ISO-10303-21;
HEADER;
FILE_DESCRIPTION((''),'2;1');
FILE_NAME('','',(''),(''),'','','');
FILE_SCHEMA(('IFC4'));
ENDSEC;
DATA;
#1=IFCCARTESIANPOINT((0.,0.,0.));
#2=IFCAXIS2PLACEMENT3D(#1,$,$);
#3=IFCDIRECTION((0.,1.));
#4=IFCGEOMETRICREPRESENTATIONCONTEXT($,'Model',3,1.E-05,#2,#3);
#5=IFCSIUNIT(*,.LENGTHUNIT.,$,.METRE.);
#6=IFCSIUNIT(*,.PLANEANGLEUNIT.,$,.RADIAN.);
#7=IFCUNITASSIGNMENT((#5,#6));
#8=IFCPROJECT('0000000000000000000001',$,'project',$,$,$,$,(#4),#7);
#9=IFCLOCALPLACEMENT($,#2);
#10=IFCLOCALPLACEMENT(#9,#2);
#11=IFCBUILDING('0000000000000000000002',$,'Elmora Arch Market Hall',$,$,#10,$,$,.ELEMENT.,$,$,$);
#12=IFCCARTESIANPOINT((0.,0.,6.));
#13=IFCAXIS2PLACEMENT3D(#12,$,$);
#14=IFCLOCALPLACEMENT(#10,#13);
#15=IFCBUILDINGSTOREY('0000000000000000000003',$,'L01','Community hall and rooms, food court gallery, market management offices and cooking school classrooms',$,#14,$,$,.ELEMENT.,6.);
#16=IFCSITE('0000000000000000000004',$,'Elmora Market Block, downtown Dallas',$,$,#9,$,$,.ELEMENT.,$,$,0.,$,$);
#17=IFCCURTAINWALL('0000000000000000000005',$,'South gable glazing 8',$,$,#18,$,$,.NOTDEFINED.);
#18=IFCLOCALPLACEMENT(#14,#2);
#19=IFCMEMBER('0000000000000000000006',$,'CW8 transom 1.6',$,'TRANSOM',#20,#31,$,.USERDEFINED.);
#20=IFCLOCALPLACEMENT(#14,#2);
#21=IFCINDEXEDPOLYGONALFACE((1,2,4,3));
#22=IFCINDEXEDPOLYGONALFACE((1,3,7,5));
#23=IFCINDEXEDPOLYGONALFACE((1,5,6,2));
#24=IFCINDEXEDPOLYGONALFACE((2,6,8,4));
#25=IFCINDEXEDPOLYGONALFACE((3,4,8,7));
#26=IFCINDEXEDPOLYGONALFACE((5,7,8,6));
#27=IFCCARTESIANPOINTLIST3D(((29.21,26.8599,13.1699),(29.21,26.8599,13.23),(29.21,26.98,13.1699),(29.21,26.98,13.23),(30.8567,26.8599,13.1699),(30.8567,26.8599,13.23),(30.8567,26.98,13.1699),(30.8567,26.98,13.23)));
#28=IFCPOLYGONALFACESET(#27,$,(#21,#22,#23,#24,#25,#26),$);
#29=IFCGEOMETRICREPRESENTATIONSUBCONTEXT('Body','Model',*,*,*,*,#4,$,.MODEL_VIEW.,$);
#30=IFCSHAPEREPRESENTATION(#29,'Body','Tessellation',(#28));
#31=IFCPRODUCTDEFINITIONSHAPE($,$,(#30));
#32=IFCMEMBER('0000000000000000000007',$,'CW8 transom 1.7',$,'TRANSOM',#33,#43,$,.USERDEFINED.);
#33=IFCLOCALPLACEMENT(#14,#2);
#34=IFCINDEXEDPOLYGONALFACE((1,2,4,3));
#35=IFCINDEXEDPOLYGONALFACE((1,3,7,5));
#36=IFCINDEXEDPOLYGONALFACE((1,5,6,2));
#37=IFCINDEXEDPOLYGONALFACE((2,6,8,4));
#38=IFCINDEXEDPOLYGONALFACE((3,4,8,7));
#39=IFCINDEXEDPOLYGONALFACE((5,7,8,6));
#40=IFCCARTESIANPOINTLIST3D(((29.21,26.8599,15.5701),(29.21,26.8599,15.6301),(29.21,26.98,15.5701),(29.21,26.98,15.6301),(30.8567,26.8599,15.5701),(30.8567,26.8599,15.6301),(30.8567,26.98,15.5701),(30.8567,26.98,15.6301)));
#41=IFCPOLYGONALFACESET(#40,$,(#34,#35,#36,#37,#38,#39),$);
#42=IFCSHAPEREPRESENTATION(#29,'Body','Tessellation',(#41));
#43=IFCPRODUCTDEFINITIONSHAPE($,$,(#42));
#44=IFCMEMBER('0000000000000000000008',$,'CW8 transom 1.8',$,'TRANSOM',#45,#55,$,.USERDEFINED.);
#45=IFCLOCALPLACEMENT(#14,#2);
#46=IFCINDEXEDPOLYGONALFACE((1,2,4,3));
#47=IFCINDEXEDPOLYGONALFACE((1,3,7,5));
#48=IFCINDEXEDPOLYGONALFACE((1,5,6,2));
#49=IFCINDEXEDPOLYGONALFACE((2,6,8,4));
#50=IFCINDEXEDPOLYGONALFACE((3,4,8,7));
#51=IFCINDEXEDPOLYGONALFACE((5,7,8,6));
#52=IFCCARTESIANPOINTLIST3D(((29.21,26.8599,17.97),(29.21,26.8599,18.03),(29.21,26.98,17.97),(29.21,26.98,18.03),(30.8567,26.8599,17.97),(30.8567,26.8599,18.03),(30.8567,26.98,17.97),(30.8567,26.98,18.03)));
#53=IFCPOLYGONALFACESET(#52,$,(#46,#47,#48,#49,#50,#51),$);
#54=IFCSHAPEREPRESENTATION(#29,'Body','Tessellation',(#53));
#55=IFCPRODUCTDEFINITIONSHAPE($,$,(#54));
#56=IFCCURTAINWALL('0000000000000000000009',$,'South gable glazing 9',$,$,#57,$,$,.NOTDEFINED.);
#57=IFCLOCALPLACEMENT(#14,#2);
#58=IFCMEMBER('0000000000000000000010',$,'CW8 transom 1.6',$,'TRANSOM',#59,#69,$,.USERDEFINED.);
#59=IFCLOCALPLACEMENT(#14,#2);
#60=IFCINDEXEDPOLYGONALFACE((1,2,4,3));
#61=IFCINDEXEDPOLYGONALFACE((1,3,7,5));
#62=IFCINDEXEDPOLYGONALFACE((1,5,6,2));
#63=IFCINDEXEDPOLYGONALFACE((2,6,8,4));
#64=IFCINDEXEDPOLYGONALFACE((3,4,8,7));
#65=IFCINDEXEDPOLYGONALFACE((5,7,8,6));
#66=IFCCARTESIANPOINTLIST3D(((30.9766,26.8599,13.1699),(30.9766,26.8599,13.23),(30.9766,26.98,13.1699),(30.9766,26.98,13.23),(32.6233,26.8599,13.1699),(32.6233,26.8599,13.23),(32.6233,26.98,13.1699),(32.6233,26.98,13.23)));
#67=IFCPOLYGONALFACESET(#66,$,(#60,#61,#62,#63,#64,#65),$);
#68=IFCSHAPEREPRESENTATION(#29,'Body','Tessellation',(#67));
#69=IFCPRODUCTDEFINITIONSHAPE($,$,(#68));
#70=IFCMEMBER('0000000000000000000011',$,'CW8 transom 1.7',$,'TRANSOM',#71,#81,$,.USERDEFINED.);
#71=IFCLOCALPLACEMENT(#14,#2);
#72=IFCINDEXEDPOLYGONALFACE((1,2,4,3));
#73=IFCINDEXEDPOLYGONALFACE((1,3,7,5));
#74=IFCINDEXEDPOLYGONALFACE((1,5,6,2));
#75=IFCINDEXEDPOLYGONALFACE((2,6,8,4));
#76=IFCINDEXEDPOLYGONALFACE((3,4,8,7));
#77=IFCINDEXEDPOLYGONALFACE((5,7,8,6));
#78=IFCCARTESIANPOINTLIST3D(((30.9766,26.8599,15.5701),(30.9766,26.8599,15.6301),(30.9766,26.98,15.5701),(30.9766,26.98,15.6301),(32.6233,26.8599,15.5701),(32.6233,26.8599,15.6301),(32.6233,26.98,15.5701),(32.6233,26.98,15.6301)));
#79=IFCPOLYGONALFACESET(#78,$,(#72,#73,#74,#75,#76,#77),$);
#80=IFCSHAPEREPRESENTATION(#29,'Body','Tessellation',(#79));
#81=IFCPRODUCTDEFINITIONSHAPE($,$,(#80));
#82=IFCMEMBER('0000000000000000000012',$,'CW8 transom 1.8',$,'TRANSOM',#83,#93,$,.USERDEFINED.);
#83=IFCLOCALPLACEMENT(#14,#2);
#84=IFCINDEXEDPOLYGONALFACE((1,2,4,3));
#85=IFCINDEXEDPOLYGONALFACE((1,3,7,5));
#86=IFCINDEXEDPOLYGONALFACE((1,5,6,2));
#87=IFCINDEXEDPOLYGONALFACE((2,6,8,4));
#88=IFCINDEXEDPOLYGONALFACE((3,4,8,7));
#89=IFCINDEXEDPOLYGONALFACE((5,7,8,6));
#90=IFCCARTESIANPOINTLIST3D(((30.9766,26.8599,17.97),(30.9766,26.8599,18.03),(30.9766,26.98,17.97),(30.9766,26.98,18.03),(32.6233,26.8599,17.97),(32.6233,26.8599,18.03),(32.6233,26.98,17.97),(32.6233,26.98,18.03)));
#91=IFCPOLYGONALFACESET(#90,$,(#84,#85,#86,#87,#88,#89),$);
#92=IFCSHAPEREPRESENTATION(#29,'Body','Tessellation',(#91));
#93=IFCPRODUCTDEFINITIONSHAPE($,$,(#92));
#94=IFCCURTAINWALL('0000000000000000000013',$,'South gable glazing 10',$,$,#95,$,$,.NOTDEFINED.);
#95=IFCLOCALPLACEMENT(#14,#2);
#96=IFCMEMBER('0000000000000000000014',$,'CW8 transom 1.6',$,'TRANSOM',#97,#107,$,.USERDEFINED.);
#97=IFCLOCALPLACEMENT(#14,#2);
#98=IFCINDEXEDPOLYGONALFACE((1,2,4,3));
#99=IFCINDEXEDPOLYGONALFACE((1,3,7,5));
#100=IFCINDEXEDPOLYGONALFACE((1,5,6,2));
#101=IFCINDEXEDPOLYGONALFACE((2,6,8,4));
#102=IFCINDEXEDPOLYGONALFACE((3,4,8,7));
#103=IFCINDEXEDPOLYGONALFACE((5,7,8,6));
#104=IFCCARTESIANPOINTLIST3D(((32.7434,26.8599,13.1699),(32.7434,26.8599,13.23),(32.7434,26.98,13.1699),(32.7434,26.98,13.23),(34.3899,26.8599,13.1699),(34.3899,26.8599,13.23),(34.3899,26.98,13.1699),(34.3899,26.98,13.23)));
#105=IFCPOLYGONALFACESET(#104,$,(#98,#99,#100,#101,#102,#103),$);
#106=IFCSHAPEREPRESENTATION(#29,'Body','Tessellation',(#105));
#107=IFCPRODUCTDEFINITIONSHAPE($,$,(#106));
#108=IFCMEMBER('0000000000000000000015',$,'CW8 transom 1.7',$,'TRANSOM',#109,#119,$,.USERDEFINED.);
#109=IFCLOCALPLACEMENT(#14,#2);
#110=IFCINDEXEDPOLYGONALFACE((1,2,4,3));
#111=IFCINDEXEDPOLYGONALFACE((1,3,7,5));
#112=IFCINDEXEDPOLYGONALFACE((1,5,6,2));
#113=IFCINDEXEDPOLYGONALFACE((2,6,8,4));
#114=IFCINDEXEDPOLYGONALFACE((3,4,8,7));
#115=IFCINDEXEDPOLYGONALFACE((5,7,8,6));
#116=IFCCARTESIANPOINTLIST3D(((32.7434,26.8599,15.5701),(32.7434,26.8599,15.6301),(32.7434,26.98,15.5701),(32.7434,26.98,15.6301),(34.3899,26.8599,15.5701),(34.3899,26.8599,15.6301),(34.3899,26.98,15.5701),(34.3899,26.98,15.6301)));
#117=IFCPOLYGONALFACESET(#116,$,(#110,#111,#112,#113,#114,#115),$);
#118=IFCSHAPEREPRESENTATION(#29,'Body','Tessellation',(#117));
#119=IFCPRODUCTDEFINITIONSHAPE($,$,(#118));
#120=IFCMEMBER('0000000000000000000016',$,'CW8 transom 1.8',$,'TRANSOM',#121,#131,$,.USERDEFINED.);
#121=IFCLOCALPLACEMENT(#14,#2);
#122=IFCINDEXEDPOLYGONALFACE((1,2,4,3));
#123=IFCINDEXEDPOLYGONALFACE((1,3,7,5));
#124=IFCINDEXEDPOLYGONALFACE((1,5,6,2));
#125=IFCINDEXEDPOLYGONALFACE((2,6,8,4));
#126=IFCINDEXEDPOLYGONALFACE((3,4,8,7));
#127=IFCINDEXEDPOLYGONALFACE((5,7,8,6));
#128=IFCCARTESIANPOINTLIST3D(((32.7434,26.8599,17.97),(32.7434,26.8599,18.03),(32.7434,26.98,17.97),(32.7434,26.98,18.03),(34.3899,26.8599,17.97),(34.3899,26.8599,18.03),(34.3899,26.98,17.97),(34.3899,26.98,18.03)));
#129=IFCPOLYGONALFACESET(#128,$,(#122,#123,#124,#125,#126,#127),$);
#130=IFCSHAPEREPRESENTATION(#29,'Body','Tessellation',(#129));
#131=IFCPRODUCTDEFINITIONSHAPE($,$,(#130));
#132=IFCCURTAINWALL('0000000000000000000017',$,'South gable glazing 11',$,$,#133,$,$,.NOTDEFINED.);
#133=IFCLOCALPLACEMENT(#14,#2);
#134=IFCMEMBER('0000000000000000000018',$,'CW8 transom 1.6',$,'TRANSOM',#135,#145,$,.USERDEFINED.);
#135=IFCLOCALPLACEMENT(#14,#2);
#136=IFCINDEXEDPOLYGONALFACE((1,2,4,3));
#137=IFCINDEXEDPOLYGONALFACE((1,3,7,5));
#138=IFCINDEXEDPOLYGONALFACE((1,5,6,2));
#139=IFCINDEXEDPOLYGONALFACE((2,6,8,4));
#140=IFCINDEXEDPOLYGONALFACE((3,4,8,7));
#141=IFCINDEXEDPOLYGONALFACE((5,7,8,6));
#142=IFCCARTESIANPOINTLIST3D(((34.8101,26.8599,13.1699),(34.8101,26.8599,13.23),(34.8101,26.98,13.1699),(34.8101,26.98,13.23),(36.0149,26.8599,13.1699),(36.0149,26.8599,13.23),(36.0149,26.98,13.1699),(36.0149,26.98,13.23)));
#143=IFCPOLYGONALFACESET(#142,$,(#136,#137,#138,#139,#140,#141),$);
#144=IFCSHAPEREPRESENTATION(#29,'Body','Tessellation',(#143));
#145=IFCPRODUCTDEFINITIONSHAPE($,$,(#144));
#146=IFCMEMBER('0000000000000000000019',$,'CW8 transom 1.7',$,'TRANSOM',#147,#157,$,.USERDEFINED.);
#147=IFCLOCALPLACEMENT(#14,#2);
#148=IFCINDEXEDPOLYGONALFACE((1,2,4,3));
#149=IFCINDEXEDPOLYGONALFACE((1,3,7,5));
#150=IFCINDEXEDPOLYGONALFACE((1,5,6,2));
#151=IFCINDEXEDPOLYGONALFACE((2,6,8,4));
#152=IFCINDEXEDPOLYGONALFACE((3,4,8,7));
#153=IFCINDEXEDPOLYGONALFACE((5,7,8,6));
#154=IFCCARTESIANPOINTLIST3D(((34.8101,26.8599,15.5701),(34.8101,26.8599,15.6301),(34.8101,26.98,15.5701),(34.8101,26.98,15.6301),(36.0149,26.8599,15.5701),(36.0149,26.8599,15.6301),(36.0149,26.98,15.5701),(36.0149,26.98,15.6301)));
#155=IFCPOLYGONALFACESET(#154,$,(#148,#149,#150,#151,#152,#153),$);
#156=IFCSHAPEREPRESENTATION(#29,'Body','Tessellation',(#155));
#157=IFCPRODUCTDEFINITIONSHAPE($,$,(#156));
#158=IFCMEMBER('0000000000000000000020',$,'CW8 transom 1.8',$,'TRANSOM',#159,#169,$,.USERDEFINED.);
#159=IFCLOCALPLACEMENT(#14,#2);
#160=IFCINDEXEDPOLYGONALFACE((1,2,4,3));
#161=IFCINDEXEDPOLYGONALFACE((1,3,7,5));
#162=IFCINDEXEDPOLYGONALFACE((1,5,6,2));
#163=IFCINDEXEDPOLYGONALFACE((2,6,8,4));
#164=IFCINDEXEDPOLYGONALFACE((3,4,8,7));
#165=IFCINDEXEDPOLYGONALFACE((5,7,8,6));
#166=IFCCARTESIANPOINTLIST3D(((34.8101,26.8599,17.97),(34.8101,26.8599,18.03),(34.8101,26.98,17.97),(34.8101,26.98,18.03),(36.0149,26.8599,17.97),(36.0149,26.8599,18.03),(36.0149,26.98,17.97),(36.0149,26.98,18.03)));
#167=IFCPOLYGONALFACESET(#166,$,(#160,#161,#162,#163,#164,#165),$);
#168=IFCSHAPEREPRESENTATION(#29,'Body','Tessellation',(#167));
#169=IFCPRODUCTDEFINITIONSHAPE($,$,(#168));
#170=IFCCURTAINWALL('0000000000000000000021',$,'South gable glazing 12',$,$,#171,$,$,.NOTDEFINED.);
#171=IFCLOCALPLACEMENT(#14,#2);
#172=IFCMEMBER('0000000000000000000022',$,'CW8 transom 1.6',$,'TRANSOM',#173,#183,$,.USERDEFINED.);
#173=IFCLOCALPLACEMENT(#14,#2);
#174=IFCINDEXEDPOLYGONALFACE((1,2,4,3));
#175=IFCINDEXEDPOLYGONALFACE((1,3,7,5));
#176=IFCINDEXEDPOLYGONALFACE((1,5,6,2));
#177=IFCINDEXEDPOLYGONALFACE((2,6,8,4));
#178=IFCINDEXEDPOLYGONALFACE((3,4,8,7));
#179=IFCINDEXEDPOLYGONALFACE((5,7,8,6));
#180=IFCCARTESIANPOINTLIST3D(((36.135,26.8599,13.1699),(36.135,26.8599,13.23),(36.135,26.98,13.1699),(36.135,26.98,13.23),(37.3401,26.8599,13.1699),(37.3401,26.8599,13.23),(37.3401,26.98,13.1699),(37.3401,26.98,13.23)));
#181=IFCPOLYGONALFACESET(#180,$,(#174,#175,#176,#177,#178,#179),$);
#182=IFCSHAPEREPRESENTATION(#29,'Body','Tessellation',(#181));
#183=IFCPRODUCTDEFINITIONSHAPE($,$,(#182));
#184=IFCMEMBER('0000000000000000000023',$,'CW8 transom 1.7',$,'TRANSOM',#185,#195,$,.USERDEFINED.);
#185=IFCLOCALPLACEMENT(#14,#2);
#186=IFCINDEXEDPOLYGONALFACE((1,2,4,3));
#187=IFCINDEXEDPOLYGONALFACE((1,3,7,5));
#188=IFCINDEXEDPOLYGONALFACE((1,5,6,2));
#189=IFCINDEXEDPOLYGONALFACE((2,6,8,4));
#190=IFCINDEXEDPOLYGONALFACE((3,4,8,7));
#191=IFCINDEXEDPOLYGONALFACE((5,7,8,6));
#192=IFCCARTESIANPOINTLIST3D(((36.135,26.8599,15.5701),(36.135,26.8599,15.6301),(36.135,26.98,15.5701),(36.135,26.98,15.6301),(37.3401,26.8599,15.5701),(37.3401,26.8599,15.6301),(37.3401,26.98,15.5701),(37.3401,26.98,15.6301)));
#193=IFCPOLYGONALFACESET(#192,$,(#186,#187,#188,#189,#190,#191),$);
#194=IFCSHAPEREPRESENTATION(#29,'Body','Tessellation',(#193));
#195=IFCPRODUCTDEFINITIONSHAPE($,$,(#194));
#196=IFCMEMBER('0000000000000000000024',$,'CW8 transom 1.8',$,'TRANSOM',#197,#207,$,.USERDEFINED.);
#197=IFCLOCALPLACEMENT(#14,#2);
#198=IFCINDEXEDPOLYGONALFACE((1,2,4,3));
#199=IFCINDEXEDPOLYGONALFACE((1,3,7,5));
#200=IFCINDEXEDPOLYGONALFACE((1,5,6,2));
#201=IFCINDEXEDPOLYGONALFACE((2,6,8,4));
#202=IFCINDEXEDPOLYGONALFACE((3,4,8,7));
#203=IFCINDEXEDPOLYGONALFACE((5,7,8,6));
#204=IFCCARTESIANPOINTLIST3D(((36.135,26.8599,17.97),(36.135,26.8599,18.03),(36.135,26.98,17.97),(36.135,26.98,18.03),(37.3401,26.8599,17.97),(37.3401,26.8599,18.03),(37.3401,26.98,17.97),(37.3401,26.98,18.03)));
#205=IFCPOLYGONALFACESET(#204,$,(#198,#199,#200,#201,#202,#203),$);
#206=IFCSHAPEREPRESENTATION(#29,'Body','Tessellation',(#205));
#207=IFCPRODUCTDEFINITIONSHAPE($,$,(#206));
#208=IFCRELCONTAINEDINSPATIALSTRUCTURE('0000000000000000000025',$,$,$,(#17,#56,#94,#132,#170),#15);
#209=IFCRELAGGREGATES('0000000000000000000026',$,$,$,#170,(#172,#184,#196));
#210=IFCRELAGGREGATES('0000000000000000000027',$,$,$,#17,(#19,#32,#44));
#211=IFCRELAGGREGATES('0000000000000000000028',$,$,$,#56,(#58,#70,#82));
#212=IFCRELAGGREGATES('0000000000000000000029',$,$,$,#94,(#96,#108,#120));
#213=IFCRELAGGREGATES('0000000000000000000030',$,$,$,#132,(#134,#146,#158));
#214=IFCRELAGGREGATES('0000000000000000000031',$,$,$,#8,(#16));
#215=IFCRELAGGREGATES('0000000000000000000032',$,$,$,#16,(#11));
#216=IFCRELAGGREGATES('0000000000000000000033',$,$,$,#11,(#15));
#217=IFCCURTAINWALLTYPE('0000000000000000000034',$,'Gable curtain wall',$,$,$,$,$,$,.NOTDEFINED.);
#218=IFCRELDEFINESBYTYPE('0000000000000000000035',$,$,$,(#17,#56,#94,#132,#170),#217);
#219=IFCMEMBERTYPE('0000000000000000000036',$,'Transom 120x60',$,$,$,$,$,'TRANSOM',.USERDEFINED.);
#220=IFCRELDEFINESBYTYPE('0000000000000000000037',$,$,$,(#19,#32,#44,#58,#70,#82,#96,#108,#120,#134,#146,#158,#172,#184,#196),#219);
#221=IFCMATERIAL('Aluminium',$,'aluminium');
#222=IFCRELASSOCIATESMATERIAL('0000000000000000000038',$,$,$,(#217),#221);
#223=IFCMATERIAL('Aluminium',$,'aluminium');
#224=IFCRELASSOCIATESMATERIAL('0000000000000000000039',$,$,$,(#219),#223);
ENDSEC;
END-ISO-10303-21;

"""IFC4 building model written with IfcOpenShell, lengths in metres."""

from ifc_helpers import new_model, si_unit, direction, frame, origin, origin_2d, place, context, subcontext, project, spatial, rectangle, extrude, material, material_profile, profile_set, type_object, element, aggregate, save


model = new_model("IFC4")

# Units and contexts
model_context = context("Model", 3, precision=1e-05, world=origin(), true_north=direction((0.0, 1.0)))
body_context = subcontext(model_context, "Body", "Model", "MODEL_VIEW")
ifc_project = project(units=[si_unit("LENGTHUNIT", "METRE"), si_unit("PLANEANGLEUNIT", "RADIAN")], contexts=[model_context])

# Site, building, storey
site_placement = place(None, origin())
site = spatial("IfcSite", under=ifc_project, at=site_placement, Name="Elmora Market Block, downtown Dallas", CompositionType="ELEMENT", RefElevation=0.0)
building_placement = place(site_placement, origin())
building = spatial("IfcBuilding", under=site, at=building_placement, Name="Elmora Arch Market Hall", CompositionType="ELEMENT")
storey_placement = place(building_placement, frame((0.0, 0.0, 6.0)))
storey = spatial("IfcBuildingStorey", under=building, at=storey_placement, Name="L01", Description="Community hall and rooms, food court gallery, market management offices and cooking school classrooms", CompositionType="ELEMENT", Elevation=6.0)

# Curtain walls, members
ifc_material_1 = material(Name="Aluminium", Category="aluminium")
curtain_wall_type = type_object("IfcCurtainWallType", Name="Gable curtain wall", PredefinedType="NOTDEFINED", material=ifc_material_1)
curtain_wall_1_placement = place(storey_placement, origin())
curtain_wall_1 = element("IfcCurtainWall", 1, at=curtain_wall_1_placement, inside=storey, type_object=curtain_wall_type, Name="South gable glazing 8", PredefinedType="NOTDEFINED")
ifc_material_2 = material(Name="Aluminium", Category="aluminium")
ifc_material_profile = material_profile(ifc_material_2, rectangle(XDim=0.1201, YDim=0.0601, at=origin_2d()), Name="AL 120x60")
ifc_profile_set = profile_set([ifc_material_profile], Name="Aluminium")
member_type = type_object("IfcMemberType", Name="Transom 120x60", ElementType="TRANSOM", PredefinedType="USERDEFINED", material=ifc_profile_set)
member_1_placement = place(storey_placement, frame((29.21, 26.9199, 13.2), z_axis=(1.0, 0.0, 0.0), x_axis=(0.0, 1.0, 0.0)))
member_1 = element("IfcMember", 2, at=member_1_placement, type_object=member_type, Name="CW8 transom 1.6", ObjectType="TRANSOM", PredefinedType="USERDEFINED", context=body_context, shape_type="SweptSolid", body=[
    extrude(rectangle(XDim=0.1201, YDim=0.0601, at=origin_2d()), origin(), (0.0, 0.0, 1.0), 1.6467),
])
member_2_placement = place(storey_placement, frame((29.21, 26.9199, 15.6001), z_axis=(1.0, 0.0, 0.0), x_axis=(0.0, 1.0, 0.0)))
member_2 = element("IfcMember", 3, at=member_2_placement, type_object=member_type, Name="CW8 transom 1.7", ObjectType="TRANSOM", PredefinedType="USERDEFINED", context=body_context, shape_type="SweptSolid", body=[
    extrude(rectangle(XDim=0.1201, YDim=0.0601, at=origin_2d()), origin(), (0.0, 0.0, 1.0), 1.6467),
])
member_3_placement = place(storey_placement, frame((29.21, 26.9199, 18.0), z_axis=(1.0, 0.0, 0.0), x_axis=(0.0, 1.0, 0.0)))
member_3 = element("IfcMember", 4, at=member_3_placement, type_object=member_type, Name="CW8 transom 1.8", ObjectType="TRANSOM", PredefinedType="USERDEFINED", context=body_context, shape_type="SweptSolid", body=[
    extrude(rectangle(XDim=0.1201, YDim=0.0601, at=origin_2d()), origin(), (0.0, 0.0, 1.0), 1.6467),
])
curtain_wall_2_placement = place(storey_placement, origin())
curtain_wall_2 = element("IfcCurtainWall", 5, at=curtain_wall_2_placement, inside=storey, type_object=curtain_wall_type, Name="South gable glazing 9", PredefinedType="NOTDEFINED")
member_4_placement = place(storey_placement, frame((30.9766, 26.9199, 13.2), z_axis=(1.0, 0.0, 0.0), x_axis=(0.0, 1.0, 0.0)))
member_4 = element("IfcMember", 6, at=member_4_placement, type_object=member_type, Name="CW8 transom 1.6", ObjectType="TRANSOM", PredefinedType="USERDEFINED", context=body_context, shape_type="SweptSolid", body=[
    extrude(rectangle(XDim=0.1201, YDim=0.0601, at=origin_2d()), origin(), (0.0, 0.0, 1.0), 1.6467),
])
member_5_placement = place(storey_placement, frame((30.9766, 26.9199, 15.6001), z_axis=(1.0, 0.0, 0.0), x_axis=(0.0, 1.0, 0.0)))
member_5 = element("IfcMember", 7, at=member_5_placement, type_object=member_type, Name="CW8 transom 1.7", ObjectType="TRANSOM", PredefinedType="USERDEFINED", context=body_context, shape_type="SweptSolid", body=[
    extrude(rectangle(XDim=0.1201, YDim=0.0601, at=origin_2d()), origin(), (0.0, 0.0, 1.0), 1.6467),
])
member_6_placement = place(storey_placement, frame((30.9766, 26.9199, 18.0), z_axis=(1.0, 0.0, 0.0), x_axis=(0.0, 1.0, 0.0)))
member_6 = element("IfcMember", 8, at=member_6_placement, type_object=member_type, Name="CW8 transom 1.8", ObjectType="TRANSOM", PredefinedType="USERDEFINED", context=body_context, shape_type="SweptSolid", body=[
    extrude(rectangle(XDim=0.1201, YDim=0.0601, at=origin_2d()), origin(), (0.0, 0.0, 1.0), 1.6467),
])
curtain_wall_3_placement = place(storey_placement, origin())
curtain_wall_3 = element("IfcCurtainWall", 9, at=curtain_wall_3_placement, inside=storey, type_object=curtain_wall_type, Name="South gable glazing 10", PredefinedType="NOTDEFINED")
member_7_placement = place(storey_placement, frame((32.7434, 26.9199, 13.2), z_axis=(1.0, 0.0, 0.0), x_axis=(0.0, 1.0, 0.0)))
member_7 = element("IfcMember", 10, at=member_7_placement, type_object=member_type, Name="CW8 transom 1.6", ObjectType="TRANSOM", PredefinedType="USERDEFINED", context=body_context, shape_type="SweptSolid", body=[
    extrude(rectangle(XDim=0.1201, YDim=0.0601, at=origin_2d()), origin(), (0.0, 0.0, 1.0), 1.6465),
])
member_8_placement = place(storey_placement, frame((32.7434, 26.9199, 15.6001), z_axis=(1.0, 0.0, 0.0), x_axis=(0.0, 1.0, 0.0)))
member_8 = element("IfcMember", 11, at=member_8_placement, type_object=member_type, Name="CW8 transom 1.7", ObjectType="TRANSOM", PredefinedType="USERDEFINED", context=body_context, shape_type="SweptSolid", body=[
    extrude(rectangle(XDim=0.1201, YDim=0.0601, at=origin_2d()), origin(), (0.0, 0.0, 1.0), 1.6465),
])
member_9_placement = place(storey_placement, frame((32.7434, 26.9199, 18.0), z_axis=(1.0, 0.0, 0.0), x_axis=(0.0, 1.0, 0.0)))
member_9 = element("IfcMember", 12, at=member_9_placement, type_object=member_type, Name="CW8 transom 1.8", ObjectType="TRANSOM", PredefinedType="USERDEFINED", context=body_context, shape_type="SweptSolid", body=[
    extrude(rectangle(XDim=0.1201, YDim=0.0601, at=origin_2d()), origin(), (0.0, 0.0, 1.0), 1.6465),
])
curtain_wall_4_placement = place(storey_placement, origin())
curtain_wall_4 = element("IfcCurtainWall", 13, at=curtain_wall_4_placement, inside=storey, type_object=curtain_wall_type, Name="South gable glazing 11", PredefinedType="NOTDEFINED")
member_10_placement = place(storey_placement, frame((34.8101, 26.9199, 13.2), z_axis=(1.0, 0.0, 0.0), x_axis=(0.0, 1.0, 0.0)))
member_10 = element("IfcMember", 14, at=member_10_placement, type_object=member_type, Name="CW8 transom 1.6", ObjectType="TRANSOM", PredefinedType="USERDEFINED", context=body_context, shape_type="SweptSolid", body=[
    extrude(rectangle(XDim=0.1201, YDim=0.0601, at=origin_2d()), origin(), (0.0, 0.0, 1.0), 1.2048),
])
member_11_placement = place(storey_placement, frame((34.8101, 26.9199, 15.6001), z_axis=(1.0, 0.0, 0.0), x_axis=(0.0, 1.0, 0.0)))
member_11 = element("IfcMember", 15, at=member_11_placement, type_object=member_type, Name="CW8 transom 1.7", ObjectType="TRANSOM", PredefinedType="USERDEFINED", context=body_context, shape_type="SweptSolid", body=[
    extrude(rectangle(XDim=0.1201, YDim=0.0601, at=origin_2d()), origin(), (0.0, 0.0, 1.0), 1.2048),
])
member_12_placement = place(storey_placement, frame((34.8101, 26.9199, 18.0), z_axis=(1.0, 0.0, 0.0), x_axis=(0.0, 1.0, 0.0)))
member_12 = element("IfcMember", 16, at=member_12_placement, type_object=member_type, Name="CW8 transom 1.8", ObjectType="TRANSOM", PredefinedType="USERDEFINED", context=body_context, shape_type="SweptSolid", body=[
    extrude(rectangle(XDim=0.1201, YDim=0.0601, at=origin_2d()), origin(), (0.0, 0.0, 1.0), 1.2048),
])
curtain_wall_5_placement = place(storey_placement, origin())
curtain_wall_5 = element("IfcCurtainWall", 17, at=curtain_wall_5_placement, inside=storey, type_object=curtain_wall_type, Name="South gable glazing 12", PredefinedType="NOTDEFINED")
member_13_placement = place(storey_placement, frame((36.135, 26.9199, 13.2), z_axis=(1.0, 0.0, 0.0), x_axis=(0.0, 1.0, 0.0)))
member_13 = element("IfcMember", 18, at=member_13_placement, type_object=member_type, Name="CW8 transom 1.6", ObjectType="TRANSOM", PredefinedType="USERDEFINED", context=body_context, shape_type="SweptSolid", body=[
    extrude(rectangle(XDim=0.1201, YDim=0.0601, at=origin_2d()), origin(), (0.0, 0.0, 1.0), 1.2051),
])
member_14_placement = place(storey_placement, frame((36.135, 26.9199, 15.6001), z_axis=(1.0, 0.0, 0.0), x_axis=(0.0, 1.0, 0.0)))
member_14 = element("IfcMember", 19, at=member_14_placement, type_object=member_type, Name="CW8 transom 1.7", ObjectType="TRANSOM", PredefinedType="USERDEFINED", context=body_context, shape_type="SweptSolid", body=[
    extrude(rectangle(XDim=0.1201, YDim=0.0601, at=origin_2d()), origin(), (0.0, 0.0, 1.0), 1.2051),
])
member_15_placement = place(storey_placement, frame((36.135, 26.9199, 18.0), z_axis=(1.0, 0.0, 0.0), x_axis=(0.0, 1.0, 0.0)))
member_15 = element("IfcMember", 20, at=member_15_placement, type_object=member_type, Name="CW8 transom 1.8", ObjectType="TRANSOM", PredefinedType="USERDEFINED", context=body_context, shape_type="SweptSolid", body=[
    extrude(rectangle(XDim=0.1201, YDim=0.0601, at=origin_2d()), origin(), (0.0, 0.0, 1.0), 1.2051),
])
aggregate(curtain_wall_5, [member_13, member_14, member_15])

aggregate(curtain_wall_1, [member_1, member_2, member_3])
aggregate(curtain_wall_2, [member_4, member_5, member_6])
aggregate(curtain_wall_3, [member_7, member_8, member_9])
aggregate(curtain_wall_4, [member_10, member_11, member_12])

save(model, "model.ifc")
